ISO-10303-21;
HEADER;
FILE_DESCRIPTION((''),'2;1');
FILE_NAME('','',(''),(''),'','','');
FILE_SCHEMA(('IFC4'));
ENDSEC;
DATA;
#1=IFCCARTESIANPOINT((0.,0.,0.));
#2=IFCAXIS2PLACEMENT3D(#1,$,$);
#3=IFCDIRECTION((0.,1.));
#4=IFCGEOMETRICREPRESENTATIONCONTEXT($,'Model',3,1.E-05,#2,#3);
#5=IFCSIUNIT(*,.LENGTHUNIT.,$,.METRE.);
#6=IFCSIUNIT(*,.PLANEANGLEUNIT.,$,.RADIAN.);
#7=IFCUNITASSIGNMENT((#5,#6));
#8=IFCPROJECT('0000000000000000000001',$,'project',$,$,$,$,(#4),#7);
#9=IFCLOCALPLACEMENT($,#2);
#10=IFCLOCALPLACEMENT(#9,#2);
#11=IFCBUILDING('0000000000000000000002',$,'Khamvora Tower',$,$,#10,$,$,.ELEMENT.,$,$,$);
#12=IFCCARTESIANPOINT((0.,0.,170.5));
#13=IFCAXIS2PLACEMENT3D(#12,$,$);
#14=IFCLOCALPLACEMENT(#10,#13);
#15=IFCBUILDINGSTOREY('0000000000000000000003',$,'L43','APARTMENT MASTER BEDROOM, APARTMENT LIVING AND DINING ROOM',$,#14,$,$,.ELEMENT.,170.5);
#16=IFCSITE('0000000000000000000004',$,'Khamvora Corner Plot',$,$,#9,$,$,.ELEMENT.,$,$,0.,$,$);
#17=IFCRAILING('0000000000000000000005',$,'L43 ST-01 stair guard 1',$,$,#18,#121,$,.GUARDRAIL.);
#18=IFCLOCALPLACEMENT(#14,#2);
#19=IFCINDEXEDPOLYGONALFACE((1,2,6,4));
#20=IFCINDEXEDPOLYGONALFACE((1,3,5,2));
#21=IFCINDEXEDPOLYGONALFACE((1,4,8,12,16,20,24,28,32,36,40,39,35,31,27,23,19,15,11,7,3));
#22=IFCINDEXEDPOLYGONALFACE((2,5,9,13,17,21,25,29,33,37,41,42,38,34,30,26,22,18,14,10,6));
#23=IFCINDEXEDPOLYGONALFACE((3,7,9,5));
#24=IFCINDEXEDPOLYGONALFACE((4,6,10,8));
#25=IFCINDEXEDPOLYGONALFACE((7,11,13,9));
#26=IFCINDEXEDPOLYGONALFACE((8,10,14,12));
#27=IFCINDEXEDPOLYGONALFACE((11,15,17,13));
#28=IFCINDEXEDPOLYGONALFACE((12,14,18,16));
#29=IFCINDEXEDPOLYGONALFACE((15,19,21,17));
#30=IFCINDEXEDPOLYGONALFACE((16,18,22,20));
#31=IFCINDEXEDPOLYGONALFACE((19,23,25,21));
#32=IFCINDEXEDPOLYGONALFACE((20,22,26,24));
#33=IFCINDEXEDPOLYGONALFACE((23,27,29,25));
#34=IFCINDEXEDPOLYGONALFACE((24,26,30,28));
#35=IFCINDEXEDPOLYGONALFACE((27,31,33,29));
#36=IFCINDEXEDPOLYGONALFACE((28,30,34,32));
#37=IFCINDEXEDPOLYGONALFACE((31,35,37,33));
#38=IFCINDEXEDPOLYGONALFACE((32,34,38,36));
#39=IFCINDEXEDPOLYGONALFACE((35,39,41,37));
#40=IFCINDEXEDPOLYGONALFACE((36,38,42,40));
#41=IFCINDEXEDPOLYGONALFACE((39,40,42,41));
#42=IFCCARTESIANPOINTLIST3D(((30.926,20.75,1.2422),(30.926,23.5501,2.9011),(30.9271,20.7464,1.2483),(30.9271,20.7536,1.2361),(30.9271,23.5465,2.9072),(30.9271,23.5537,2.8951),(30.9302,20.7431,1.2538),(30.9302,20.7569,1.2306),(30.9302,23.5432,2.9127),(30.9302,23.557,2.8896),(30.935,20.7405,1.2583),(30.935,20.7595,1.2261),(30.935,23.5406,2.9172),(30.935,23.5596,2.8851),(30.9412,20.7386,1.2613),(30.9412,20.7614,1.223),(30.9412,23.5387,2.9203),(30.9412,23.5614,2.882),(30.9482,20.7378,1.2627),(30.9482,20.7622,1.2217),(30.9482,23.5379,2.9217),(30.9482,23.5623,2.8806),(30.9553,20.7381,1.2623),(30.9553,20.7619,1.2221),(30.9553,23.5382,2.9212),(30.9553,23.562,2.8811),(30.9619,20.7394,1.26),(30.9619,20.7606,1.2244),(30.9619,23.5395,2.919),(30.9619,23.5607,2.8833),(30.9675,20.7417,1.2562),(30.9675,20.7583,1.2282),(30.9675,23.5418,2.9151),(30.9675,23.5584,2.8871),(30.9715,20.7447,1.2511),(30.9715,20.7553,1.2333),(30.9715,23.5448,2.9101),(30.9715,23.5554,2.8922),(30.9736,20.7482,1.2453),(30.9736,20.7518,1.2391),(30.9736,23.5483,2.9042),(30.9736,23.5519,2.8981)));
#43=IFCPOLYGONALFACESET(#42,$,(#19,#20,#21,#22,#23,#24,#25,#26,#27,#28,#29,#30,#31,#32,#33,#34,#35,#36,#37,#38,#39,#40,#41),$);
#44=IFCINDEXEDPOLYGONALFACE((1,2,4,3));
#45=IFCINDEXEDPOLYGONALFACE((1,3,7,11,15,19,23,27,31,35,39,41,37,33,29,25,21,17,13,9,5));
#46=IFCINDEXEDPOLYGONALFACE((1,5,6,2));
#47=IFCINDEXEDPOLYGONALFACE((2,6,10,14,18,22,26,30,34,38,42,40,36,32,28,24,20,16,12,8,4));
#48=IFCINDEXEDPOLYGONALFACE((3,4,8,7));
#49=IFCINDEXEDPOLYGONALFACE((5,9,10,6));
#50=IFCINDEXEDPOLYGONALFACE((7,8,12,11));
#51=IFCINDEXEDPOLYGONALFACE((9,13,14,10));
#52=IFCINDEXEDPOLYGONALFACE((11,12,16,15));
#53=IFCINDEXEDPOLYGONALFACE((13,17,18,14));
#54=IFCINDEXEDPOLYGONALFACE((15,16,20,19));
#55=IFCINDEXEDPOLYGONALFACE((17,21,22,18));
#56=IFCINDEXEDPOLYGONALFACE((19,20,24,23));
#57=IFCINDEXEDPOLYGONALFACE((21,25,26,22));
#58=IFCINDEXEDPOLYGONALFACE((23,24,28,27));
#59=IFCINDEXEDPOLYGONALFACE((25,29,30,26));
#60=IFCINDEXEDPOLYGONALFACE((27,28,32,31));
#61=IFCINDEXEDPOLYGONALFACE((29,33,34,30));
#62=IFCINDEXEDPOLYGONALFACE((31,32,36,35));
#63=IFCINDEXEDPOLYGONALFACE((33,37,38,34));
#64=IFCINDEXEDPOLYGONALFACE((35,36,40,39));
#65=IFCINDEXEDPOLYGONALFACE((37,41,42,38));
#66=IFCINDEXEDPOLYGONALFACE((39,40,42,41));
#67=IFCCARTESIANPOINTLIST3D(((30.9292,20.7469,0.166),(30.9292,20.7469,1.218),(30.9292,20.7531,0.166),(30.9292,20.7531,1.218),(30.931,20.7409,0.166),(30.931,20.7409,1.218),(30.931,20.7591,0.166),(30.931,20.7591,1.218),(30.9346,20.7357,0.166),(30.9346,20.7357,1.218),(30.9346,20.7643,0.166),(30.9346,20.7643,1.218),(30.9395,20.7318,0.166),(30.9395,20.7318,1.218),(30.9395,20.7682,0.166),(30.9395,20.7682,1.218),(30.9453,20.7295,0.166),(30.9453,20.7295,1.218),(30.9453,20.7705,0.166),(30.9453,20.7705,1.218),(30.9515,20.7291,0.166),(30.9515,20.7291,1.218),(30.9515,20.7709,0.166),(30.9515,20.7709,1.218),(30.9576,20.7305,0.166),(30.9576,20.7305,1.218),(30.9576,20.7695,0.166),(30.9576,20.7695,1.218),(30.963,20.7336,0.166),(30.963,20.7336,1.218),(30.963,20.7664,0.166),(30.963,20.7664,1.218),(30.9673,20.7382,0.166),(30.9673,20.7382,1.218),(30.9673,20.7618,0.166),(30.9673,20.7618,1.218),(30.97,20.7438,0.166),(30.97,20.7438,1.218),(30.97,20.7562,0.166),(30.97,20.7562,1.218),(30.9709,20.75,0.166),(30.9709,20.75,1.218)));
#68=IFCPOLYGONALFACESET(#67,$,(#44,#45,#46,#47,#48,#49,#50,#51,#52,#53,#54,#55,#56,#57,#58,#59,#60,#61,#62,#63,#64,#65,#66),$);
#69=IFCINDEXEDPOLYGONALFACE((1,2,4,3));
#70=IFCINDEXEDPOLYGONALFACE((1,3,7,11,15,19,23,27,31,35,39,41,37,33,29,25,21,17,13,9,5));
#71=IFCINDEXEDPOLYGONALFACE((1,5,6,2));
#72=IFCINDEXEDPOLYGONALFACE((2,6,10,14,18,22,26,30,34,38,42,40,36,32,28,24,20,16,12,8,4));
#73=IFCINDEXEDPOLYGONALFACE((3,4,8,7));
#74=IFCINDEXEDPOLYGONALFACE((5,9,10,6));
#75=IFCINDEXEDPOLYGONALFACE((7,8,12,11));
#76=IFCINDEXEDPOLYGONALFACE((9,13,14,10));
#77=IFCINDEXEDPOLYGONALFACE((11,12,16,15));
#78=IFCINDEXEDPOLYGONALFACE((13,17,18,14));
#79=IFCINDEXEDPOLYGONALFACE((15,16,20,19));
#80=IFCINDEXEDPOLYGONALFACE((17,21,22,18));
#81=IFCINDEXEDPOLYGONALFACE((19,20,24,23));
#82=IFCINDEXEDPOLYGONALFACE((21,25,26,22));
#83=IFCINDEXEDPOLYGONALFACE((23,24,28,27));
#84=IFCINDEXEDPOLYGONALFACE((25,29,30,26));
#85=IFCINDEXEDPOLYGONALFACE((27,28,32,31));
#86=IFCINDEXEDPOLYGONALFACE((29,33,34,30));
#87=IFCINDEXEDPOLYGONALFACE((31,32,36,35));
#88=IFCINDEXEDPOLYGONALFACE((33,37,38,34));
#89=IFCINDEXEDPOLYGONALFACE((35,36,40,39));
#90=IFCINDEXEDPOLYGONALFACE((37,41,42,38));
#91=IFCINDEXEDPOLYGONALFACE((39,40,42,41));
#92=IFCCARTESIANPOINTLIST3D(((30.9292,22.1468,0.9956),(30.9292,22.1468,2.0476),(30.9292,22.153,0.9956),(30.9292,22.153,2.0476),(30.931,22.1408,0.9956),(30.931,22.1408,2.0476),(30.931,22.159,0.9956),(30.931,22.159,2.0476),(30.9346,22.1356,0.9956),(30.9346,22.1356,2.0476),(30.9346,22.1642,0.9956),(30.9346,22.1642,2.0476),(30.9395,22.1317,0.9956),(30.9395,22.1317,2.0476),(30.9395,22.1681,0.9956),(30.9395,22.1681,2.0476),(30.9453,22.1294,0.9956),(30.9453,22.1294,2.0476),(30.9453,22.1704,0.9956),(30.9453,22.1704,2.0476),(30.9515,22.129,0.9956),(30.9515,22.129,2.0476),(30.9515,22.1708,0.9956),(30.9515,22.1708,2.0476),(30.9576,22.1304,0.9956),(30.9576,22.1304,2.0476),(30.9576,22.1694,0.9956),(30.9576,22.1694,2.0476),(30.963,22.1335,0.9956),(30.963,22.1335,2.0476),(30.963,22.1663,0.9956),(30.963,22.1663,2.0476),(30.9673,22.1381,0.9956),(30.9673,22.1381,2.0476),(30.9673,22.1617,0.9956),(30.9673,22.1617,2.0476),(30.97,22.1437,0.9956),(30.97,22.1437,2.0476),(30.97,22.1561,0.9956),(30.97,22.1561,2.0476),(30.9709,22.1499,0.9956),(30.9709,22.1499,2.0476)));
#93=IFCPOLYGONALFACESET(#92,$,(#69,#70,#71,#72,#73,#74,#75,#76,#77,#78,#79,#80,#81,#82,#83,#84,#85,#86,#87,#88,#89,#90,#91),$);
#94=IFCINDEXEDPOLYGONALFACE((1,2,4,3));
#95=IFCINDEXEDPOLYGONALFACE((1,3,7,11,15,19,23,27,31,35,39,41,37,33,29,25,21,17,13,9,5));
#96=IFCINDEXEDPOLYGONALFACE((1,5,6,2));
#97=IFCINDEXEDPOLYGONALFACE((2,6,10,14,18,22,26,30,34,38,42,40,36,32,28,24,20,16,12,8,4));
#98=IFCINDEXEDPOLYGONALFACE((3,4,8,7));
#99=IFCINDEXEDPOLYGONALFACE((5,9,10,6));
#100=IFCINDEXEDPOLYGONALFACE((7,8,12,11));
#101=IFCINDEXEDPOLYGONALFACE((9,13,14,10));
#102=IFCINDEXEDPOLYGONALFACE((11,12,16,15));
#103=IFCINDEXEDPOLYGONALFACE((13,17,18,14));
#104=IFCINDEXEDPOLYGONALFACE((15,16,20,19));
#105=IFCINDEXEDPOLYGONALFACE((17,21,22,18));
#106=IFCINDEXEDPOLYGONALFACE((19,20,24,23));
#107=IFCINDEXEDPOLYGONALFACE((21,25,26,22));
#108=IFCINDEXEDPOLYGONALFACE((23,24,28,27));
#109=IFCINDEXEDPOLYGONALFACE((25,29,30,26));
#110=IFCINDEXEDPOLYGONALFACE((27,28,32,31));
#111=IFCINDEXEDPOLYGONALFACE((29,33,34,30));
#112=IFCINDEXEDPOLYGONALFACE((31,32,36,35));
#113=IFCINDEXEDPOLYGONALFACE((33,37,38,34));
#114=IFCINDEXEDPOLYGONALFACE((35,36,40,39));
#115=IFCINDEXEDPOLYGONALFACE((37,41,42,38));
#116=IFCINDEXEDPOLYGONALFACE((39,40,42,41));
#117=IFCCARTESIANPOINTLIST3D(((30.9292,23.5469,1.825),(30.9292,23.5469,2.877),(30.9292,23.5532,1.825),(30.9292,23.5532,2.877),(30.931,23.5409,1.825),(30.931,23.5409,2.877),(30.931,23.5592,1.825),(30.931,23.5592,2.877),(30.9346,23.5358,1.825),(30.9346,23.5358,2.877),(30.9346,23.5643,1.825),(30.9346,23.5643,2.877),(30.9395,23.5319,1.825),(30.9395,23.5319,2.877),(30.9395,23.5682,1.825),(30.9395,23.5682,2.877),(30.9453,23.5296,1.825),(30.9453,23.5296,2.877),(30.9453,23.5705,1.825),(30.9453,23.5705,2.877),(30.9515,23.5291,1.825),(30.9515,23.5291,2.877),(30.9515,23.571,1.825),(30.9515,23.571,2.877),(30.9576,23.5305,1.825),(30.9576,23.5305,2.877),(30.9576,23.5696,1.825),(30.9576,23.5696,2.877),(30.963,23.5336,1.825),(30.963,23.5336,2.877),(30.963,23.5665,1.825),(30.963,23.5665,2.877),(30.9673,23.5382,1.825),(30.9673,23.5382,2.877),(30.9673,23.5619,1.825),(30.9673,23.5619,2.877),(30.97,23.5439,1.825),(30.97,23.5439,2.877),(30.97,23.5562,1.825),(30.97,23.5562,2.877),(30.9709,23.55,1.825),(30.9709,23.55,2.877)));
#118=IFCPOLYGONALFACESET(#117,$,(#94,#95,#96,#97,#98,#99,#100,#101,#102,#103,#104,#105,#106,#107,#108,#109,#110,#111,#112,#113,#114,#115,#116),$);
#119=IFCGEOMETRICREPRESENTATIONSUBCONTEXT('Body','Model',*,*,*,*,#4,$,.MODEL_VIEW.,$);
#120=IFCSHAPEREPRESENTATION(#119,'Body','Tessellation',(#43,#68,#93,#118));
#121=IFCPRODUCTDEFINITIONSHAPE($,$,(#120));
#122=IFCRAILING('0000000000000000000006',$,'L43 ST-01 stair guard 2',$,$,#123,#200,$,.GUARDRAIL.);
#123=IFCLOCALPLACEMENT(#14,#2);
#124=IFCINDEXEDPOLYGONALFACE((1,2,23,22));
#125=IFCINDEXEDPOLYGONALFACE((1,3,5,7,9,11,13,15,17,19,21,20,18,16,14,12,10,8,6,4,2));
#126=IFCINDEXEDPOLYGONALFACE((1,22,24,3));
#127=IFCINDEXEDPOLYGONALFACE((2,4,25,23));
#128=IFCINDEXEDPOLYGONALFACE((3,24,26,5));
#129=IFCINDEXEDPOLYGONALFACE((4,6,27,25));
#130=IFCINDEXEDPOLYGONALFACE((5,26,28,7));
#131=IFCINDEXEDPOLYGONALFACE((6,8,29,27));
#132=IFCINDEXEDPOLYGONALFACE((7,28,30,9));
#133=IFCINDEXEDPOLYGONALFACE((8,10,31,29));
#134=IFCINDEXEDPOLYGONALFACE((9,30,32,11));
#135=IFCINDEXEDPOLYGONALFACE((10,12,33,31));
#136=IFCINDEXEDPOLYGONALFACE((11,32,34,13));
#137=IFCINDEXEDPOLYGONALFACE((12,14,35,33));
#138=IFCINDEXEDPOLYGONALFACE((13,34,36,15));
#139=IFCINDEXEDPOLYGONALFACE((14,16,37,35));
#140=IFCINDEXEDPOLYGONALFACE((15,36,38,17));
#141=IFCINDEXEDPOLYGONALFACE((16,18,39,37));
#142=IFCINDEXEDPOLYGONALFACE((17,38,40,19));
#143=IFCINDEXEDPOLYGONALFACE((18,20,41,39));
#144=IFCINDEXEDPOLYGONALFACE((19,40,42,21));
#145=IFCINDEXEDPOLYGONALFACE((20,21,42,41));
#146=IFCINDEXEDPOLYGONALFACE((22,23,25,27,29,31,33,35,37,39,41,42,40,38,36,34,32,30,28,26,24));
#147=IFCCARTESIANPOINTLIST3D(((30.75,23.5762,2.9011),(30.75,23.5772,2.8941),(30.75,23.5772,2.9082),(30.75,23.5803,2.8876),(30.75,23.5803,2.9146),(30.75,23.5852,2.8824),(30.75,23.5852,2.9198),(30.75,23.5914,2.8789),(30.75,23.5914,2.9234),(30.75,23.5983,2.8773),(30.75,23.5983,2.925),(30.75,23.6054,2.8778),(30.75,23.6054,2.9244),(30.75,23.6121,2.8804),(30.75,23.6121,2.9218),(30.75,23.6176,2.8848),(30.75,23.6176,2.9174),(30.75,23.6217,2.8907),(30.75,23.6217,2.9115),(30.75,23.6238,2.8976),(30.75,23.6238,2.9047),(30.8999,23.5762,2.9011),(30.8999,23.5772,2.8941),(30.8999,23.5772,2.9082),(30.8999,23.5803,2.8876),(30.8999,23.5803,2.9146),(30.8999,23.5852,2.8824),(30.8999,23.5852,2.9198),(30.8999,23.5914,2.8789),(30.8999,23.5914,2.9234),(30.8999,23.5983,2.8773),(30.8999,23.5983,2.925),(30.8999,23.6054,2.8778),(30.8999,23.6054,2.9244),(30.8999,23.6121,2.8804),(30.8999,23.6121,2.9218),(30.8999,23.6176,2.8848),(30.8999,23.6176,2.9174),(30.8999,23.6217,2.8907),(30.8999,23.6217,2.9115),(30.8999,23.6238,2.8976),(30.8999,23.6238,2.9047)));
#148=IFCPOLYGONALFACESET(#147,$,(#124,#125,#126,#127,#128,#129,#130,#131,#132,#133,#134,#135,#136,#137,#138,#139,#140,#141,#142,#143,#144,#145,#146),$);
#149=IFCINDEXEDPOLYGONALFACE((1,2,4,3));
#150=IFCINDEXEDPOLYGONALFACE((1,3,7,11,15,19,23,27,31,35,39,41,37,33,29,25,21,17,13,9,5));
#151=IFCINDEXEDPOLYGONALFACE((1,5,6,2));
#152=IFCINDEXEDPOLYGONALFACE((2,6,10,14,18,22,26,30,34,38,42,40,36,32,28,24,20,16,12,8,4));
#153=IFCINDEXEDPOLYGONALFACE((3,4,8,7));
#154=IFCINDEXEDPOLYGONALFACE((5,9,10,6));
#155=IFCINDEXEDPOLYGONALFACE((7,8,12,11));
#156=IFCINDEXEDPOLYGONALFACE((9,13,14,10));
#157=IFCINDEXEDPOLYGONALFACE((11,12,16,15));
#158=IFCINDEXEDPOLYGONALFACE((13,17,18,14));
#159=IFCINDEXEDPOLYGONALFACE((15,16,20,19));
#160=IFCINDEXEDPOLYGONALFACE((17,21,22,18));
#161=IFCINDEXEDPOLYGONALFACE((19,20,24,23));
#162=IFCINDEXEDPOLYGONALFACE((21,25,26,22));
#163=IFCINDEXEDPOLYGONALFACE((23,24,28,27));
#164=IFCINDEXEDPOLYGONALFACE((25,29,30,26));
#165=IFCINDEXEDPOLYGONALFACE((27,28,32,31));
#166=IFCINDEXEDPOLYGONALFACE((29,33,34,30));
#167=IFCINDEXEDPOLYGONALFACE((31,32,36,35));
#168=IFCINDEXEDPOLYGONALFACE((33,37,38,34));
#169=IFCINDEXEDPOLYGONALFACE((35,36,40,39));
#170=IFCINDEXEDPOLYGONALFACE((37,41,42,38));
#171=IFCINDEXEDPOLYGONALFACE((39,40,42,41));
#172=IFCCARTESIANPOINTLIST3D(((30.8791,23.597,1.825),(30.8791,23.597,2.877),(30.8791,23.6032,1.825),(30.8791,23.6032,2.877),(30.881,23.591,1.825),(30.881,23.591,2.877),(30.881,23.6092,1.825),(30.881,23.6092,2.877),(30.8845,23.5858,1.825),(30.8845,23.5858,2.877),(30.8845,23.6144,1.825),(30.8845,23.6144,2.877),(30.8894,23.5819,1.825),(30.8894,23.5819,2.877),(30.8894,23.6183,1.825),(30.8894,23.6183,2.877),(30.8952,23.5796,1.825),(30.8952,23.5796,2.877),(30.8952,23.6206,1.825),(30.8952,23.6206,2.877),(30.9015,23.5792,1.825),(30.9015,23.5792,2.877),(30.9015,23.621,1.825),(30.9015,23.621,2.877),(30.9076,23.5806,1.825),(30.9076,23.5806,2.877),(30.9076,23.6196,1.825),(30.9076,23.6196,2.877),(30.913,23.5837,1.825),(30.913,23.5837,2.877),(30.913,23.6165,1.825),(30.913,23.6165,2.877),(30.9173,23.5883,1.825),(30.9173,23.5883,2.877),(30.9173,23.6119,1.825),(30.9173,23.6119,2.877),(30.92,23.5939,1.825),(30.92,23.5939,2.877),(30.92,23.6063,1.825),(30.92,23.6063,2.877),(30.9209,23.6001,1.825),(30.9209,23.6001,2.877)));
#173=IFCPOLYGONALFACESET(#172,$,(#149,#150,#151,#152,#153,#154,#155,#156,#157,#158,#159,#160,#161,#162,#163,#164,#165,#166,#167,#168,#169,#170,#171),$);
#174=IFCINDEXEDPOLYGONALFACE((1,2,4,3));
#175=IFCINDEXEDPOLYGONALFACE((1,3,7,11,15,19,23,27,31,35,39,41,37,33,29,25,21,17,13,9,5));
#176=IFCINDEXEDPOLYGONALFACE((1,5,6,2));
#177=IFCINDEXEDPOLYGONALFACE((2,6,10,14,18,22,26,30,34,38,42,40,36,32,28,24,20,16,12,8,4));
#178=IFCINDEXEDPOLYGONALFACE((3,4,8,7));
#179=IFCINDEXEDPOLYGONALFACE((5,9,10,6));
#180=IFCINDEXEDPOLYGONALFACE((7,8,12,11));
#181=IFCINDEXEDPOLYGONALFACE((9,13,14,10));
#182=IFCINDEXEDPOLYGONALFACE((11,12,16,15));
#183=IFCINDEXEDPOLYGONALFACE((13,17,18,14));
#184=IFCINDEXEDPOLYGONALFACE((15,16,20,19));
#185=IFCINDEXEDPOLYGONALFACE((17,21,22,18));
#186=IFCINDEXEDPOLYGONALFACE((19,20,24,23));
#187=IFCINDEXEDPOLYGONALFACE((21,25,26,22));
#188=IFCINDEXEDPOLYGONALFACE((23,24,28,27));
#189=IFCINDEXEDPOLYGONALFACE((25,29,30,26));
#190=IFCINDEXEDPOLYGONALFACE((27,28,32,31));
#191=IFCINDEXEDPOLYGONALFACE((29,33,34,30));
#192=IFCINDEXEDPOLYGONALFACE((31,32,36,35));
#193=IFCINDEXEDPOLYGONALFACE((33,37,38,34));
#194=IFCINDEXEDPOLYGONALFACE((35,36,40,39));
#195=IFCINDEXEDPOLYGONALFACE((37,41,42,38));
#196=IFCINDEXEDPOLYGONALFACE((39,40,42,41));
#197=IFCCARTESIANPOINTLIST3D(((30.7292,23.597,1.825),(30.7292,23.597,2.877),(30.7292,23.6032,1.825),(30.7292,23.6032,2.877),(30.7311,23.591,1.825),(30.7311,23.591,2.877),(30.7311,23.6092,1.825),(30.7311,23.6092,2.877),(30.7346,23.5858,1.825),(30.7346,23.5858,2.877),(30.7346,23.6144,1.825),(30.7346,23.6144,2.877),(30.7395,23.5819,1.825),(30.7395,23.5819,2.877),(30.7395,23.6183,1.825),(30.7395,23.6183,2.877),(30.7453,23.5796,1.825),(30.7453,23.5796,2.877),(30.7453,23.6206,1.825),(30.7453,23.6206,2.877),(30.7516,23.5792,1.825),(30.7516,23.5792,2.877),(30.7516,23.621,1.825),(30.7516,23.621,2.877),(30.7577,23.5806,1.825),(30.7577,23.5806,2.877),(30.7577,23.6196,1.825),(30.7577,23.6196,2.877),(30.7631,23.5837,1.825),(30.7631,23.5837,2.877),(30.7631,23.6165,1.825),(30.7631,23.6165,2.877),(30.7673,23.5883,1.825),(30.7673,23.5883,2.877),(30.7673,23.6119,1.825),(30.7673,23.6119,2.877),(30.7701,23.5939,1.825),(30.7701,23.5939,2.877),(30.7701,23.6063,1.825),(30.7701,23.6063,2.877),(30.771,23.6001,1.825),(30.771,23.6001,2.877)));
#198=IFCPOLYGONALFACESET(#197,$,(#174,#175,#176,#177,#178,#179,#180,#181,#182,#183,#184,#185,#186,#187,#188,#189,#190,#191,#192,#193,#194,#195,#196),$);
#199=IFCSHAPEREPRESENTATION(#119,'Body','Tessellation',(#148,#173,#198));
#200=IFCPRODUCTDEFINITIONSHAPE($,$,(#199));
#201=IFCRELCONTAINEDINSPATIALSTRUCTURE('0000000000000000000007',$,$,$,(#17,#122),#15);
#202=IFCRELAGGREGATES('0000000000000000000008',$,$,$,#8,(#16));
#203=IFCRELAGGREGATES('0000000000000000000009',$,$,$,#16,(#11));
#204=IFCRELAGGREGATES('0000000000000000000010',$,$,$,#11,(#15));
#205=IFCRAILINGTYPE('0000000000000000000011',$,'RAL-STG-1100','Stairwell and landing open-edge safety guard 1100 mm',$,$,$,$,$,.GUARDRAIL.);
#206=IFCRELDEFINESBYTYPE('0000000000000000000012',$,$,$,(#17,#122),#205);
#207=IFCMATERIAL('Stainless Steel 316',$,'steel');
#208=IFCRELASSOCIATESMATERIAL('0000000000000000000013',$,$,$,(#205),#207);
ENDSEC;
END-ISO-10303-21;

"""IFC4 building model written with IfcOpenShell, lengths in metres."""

from ifc_helpers import new_model, si_unit, direction, frame, origin, origin_2d, place, context, subcontext, project, spatial, circle, extrude, material, type_object, element, save


model = new_model("IFC4")

# Units and contexts
model_context = context("Model", 3, precision=1e-05, world=origin(), true_north=direction((0.0, 1.0)))
body_context = subcontext(model_context, "Body", "Model", "MODEL_VIEW")
ifc_project = project(units=[si_unit("LENGTHUNIT", "METRE"), si_unit("PLANEANGLEUNIT", "RADIAN")], contexts=[model_context])

# Site, building, storey
site_placement = place(None, origin())
site = spatial("IfcSite", under=ifc_project, at=site_placement, Name="Khamvora Corner Plot", CompositionType="ELEMENT", RefElevation=0.0)
building_placement = place(site_placement, origin())
building = spatial("IfcBuilding", under=site, at=building_placement, Name="Khamvora Tower", CompositionType="ELEMENT")
storey_placement = place(building_placement, frame((0.0, 0.0, 170.5)))
storey = spatial("IfcBuildingStorey", under=building, at=storey_placement, Name="L43", Description="APARTMENT MASTER BEDROOM, APARTMENT LIVING AND DINING ROOM", CompositionType="ELEMENT", Elevation=170.5)

# Railings
ifc_material_1 = material(Name="Stainless Steel 316", Category="steel")
railing_type_1 = type_object("IfcRailingType", Name="RAL-STG-1100", Description="Stairwell and landing open-edge safety guard 1100 mm", PredefinedType="GUARDRAIL", material=ifc_material_1)
railing_1_placement = place(storey_placement, frame((30.95, 20.75, 0.166)))
element("IfcRailing", 1, at=railing_1_placement, inside=storey, type_object=railing_type_1, Name="L43 ST-01 stair guard 1", PredefinedType="GUARDRAIL", context=body_context, shape_type="SweptSolid", body=[
    extrude(circle(Radius=0.0239, at=origin_2d()), frame((0.0, 0.0, 1.0762), z_axis=(0.0, 0.860339, 0.509722), x_axis=(-1.0, 0.0, 0.0)), (0.0, 0.0, 1.0), 3.2546),
    extrude(circle(Radius=0.021, at=origin_2d()), origin(), (0.0, 0.0, 1.0), 1.052),
    extrude(circle(Radius=0.021, at=origin_2d()), frame((0.0, 1.3999, 0.8296)), (0.0, 0.0, 1.0), 1.052),
    extrude(circle(Radius=0.021, at=origin_2d()), frame((0.0, 2.8, 1.6589)), (0.0, 0.0, 1.0), 1.052),
])
railing_2_placement = place(storey_placement, frame((30.8999, 23.6001, 1.825)))
element("IfcRailing", 2, at=railing_2_placement, inside=storey, type_object=railing_type_1, Name="L43 ST-01 stair guard 2", PredefinedType="GUARDRAIL", context=body_context, shape_type="SweptSolid", body=[
    extrude(circle(Radius=0.0239, at=origin_2d()), frame((0.0, 0.0, 1.0762), z_axis=(-1.0, 0.0, 0.0), x_axis=(0.0, -1.0, 0.0)), (0.0, 0.0, 1.0), 0.1499),
    extrude(circle(Radius=0.021, at=origin_2d()), origin(), (0.0, 0.0, 1.0), 1.052),
    extrude(circle(Radius=0.021, at=origin_2d()), frame((-0.1499, 0.0, 0.0)), (0.0, 0.0, 1.0), 1.052),
])

save(model, "model.ifc")
